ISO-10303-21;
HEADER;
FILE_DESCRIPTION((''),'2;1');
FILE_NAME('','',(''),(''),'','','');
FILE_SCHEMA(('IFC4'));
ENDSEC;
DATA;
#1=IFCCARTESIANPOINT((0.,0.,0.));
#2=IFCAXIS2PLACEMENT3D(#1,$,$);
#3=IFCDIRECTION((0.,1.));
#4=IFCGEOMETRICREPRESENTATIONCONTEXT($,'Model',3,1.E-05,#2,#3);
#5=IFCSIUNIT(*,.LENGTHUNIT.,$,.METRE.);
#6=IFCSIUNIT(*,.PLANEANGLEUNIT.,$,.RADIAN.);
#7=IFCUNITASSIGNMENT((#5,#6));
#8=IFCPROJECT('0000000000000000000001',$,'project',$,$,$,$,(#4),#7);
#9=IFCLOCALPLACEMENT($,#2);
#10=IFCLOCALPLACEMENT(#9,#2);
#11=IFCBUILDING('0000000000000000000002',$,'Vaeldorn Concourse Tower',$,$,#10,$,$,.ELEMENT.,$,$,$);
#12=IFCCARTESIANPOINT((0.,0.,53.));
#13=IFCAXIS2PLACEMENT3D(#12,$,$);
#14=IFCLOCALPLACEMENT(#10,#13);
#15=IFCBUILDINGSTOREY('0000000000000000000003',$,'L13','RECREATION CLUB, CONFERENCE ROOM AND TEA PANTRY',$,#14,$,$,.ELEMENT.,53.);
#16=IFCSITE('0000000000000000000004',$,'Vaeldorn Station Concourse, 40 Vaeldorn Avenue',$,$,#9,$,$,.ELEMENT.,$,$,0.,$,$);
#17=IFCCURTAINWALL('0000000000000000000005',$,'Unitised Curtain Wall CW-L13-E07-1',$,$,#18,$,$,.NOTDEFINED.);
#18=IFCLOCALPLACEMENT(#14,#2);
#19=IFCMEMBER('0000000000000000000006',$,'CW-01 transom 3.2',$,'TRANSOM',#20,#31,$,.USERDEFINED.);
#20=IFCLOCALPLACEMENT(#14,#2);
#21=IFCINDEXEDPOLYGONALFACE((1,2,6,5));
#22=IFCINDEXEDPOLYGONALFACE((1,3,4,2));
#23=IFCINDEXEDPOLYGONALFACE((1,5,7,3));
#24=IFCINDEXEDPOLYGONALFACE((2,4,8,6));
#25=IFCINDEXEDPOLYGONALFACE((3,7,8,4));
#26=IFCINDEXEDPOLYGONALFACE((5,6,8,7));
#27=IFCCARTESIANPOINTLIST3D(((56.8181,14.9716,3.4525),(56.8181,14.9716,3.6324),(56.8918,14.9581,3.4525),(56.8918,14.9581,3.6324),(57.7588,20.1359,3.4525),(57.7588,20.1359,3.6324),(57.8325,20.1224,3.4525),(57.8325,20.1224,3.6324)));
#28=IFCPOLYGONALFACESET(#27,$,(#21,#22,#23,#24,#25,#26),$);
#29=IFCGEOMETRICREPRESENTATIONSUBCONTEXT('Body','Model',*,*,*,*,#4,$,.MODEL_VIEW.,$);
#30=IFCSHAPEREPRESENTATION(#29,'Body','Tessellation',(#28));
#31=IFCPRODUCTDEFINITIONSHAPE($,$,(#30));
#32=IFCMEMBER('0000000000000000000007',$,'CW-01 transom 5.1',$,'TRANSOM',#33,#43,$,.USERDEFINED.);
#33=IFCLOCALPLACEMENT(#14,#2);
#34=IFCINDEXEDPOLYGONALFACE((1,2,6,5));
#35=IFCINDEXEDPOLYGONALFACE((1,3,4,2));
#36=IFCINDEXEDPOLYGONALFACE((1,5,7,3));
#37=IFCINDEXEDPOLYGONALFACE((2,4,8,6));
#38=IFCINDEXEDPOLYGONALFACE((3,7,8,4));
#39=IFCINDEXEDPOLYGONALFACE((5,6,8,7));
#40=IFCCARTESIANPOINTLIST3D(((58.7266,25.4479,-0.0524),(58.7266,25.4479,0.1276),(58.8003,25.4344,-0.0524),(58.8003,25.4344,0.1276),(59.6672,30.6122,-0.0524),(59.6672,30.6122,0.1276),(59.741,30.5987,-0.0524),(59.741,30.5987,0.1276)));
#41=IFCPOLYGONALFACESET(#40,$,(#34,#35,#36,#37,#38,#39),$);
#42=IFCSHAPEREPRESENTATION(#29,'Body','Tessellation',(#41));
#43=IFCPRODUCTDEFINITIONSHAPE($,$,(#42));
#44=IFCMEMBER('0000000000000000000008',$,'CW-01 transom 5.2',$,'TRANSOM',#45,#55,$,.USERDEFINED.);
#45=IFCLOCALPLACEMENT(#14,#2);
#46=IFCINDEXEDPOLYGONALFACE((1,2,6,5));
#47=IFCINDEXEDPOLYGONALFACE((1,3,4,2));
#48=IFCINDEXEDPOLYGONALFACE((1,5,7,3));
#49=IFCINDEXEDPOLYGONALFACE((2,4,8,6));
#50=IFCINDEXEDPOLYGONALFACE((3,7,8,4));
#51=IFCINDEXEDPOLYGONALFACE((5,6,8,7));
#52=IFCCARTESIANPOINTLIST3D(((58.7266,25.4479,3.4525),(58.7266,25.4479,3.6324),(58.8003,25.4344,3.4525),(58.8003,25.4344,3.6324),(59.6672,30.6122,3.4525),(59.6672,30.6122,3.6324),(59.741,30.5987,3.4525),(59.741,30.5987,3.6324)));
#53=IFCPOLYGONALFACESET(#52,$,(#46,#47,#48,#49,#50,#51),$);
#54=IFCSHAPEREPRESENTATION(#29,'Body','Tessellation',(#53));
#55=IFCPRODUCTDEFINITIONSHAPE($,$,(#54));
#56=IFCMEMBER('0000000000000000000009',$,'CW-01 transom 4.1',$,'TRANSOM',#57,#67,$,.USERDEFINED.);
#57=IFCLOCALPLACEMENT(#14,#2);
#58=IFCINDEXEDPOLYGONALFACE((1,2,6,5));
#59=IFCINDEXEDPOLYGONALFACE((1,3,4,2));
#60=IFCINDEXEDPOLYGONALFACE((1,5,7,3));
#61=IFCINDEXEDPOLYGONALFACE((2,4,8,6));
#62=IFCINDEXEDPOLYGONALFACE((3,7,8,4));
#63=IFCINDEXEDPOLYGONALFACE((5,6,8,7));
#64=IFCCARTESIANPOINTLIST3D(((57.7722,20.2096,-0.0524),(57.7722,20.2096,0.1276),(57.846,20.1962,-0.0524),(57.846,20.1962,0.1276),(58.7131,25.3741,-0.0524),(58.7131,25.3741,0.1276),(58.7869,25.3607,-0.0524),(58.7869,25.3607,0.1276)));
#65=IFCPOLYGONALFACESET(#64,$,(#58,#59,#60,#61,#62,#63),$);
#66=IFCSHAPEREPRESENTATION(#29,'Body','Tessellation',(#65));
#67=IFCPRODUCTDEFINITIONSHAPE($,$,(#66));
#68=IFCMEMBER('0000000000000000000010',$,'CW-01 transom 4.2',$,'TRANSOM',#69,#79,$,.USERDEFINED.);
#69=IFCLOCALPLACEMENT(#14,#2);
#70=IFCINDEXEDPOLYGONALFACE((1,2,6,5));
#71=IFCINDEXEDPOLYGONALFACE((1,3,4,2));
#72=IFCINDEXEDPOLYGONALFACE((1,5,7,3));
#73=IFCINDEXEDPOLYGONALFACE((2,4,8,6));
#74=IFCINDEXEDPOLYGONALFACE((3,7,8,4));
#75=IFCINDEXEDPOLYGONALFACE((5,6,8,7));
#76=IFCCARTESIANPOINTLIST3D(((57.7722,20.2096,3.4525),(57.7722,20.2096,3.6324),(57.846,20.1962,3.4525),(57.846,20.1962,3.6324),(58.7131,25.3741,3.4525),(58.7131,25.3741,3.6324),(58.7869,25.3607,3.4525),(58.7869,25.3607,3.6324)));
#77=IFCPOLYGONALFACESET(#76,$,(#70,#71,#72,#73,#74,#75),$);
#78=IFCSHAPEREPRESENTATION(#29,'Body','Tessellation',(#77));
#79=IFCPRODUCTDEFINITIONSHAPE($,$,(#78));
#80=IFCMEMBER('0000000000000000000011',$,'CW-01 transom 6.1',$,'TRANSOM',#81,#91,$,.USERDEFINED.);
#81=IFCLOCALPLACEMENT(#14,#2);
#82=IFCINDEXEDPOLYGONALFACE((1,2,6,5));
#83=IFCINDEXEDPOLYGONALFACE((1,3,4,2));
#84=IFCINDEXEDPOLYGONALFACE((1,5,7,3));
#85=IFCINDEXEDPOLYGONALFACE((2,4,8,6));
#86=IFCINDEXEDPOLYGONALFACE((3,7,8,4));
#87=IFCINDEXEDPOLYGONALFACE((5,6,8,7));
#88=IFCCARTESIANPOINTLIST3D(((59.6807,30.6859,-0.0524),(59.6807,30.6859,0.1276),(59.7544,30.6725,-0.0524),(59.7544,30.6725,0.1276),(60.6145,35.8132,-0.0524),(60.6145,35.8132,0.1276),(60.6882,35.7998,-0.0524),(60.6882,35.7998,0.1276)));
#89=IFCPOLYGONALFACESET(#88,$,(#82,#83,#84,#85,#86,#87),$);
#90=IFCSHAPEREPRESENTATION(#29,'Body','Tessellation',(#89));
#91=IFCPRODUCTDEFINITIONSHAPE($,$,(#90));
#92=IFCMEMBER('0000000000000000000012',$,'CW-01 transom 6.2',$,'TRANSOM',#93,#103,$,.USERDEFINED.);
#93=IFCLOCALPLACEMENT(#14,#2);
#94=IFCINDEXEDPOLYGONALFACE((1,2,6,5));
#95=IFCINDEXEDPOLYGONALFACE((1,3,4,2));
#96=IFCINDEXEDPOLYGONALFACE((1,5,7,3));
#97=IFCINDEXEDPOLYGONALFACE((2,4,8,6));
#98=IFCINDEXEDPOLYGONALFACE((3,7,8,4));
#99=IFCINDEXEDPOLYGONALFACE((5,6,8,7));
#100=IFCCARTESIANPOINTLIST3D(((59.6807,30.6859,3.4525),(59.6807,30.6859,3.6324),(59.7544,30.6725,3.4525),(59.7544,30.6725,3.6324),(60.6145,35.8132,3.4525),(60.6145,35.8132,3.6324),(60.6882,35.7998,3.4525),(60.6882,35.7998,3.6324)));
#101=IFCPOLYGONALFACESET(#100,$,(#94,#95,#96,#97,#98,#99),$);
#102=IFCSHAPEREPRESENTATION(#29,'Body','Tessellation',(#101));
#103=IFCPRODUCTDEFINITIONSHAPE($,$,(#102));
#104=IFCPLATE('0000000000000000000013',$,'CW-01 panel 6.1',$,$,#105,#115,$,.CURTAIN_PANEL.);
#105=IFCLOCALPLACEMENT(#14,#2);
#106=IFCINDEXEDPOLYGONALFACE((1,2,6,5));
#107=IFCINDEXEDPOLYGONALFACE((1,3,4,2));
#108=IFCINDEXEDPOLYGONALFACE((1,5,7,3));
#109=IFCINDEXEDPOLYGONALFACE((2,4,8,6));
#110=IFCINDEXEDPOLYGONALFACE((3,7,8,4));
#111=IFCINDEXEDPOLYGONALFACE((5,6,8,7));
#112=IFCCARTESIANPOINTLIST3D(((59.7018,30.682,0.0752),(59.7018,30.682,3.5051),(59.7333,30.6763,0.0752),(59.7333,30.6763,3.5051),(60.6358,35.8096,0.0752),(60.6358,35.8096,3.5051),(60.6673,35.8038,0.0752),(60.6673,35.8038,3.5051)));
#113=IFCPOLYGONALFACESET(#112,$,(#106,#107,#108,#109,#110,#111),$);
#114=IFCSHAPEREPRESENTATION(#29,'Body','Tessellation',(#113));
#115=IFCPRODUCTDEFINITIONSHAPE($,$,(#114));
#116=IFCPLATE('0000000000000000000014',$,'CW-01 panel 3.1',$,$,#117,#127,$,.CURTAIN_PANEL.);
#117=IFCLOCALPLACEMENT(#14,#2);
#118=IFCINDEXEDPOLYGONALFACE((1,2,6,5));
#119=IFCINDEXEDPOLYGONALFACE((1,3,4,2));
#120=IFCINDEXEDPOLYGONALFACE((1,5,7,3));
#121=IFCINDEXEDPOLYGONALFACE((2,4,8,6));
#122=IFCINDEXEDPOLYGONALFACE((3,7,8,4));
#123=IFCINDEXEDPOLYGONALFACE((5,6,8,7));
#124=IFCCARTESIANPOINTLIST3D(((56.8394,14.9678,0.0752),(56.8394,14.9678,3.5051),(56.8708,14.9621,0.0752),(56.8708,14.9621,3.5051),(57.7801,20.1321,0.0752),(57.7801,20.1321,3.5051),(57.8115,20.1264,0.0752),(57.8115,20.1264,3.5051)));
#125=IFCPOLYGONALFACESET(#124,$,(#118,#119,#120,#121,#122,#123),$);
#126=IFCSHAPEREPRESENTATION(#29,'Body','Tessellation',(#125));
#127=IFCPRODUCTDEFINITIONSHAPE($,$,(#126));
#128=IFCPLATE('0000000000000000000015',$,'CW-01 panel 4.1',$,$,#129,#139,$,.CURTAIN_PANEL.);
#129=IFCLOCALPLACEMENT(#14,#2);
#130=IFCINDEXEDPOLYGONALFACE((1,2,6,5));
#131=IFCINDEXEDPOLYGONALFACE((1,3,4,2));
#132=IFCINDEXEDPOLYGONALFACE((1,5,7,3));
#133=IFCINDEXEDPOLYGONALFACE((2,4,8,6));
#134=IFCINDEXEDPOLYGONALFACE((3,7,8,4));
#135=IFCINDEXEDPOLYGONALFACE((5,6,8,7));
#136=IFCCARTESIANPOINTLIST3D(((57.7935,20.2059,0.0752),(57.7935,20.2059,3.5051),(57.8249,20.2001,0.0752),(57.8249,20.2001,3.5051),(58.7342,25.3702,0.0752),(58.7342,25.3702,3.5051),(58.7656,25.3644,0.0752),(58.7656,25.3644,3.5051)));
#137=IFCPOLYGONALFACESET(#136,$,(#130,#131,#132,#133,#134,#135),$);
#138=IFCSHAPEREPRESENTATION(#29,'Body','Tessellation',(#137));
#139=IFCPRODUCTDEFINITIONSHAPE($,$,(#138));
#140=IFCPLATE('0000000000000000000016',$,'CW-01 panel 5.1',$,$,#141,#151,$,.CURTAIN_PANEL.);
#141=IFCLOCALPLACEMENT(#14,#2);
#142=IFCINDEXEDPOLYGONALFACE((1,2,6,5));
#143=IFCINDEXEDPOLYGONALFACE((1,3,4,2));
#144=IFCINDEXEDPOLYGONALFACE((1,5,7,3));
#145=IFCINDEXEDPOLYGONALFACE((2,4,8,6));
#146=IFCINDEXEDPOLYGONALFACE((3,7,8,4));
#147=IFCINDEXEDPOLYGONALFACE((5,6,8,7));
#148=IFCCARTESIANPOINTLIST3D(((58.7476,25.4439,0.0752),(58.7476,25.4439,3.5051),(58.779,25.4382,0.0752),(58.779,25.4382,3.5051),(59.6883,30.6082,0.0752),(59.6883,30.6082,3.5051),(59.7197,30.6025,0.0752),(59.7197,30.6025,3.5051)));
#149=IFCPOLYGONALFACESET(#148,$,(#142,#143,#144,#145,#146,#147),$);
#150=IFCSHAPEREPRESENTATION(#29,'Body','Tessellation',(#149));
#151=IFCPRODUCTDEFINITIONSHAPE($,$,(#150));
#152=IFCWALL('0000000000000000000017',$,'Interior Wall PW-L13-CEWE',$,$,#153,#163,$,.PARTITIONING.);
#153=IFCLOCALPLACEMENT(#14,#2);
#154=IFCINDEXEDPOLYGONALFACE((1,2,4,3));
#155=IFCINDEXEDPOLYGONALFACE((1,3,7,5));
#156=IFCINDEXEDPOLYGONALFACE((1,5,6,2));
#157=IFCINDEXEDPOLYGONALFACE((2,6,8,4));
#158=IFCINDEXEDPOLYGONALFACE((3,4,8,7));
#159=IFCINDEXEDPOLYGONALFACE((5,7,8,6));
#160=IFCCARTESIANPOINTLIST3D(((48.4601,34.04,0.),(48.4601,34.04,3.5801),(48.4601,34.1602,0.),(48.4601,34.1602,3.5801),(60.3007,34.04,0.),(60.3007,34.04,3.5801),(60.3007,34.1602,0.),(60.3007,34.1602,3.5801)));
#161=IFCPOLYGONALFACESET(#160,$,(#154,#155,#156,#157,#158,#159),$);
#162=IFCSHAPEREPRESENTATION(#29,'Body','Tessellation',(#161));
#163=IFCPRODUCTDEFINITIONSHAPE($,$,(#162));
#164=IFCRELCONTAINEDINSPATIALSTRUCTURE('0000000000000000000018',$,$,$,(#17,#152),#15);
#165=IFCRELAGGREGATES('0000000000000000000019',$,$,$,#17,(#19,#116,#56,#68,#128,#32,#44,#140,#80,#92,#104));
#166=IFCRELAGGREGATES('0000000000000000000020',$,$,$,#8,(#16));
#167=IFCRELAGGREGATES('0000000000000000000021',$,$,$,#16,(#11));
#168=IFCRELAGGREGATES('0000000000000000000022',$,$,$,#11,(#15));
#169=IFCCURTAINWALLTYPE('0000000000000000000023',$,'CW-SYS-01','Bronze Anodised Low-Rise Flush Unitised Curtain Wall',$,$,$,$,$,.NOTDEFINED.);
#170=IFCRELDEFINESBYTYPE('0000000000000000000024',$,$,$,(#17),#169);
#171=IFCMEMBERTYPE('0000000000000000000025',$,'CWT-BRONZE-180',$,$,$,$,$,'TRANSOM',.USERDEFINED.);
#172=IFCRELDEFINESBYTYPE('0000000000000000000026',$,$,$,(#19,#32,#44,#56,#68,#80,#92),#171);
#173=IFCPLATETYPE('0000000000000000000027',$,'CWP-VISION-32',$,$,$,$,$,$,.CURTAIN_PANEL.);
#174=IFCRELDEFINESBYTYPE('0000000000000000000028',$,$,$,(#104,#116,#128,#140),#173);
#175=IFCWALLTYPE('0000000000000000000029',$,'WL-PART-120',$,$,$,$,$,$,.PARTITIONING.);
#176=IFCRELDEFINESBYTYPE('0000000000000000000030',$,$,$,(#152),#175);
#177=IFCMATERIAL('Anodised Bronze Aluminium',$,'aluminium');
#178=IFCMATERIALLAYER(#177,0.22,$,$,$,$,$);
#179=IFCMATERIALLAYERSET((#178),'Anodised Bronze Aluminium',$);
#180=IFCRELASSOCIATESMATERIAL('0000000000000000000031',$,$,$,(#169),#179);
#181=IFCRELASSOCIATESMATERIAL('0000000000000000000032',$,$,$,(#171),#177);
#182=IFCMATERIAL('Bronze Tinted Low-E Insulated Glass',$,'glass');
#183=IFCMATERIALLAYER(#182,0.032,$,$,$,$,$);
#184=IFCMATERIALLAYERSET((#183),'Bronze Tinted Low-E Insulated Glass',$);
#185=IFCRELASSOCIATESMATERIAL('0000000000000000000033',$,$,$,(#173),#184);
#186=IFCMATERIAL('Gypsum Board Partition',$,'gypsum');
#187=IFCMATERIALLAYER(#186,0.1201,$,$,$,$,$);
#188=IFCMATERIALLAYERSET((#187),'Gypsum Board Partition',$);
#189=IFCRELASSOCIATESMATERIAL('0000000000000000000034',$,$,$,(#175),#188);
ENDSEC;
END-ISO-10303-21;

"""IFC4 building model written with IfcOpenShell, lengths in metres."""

from ifc_helpers import new_model, si_unit, direction, frame, frame_2d, origin, origin_2d, place, context, subcontext, project, spatial, rectangle, extrude, source, transform, mapped, material, layer, layer_set, material_profile, profile_set, type_object, element, aggregate, save


model = new_model("IFC4")

# Units and contexts
model_context = context("Model", 3, precision=1e-05, world=origin(), true_north=direction((0.0, 1.0)))
body_context = subcontext(model_context, "Body", "Model", "MODEL_VIEW")
ifc_project = project(units=[si_unit("LENGTHUNIT", "METRE"), si_unit("PLANEANGLEUNIT", "RADIAN")], contexts=[model_context])

# Site, building, storey
site_placement = place(None, origin())
site = spatial("IfcSite", under=ifc_project, at=site_placement, Name="Vaeldorn Station Concourse, 40 Vaeldorn Avenue", CompositionType="ELEMENT", RefElevation=0.0)
building_placement = place(site_placement, origin())
building = spatial("IfcBuilding", under=site, at=building_placement, Name="Vaeldorn Concourse Tower", CompositionType="ELEMENT")
storey_placement = place(building_placement, frame((0.0, 0.0, 53.0)))
storey = spatial("IfcBuildingStorey", under=building, at=storey_placement, Name="L13", Description="RECREATION CLUB, CONFERENCE ROOM AND TEA PANTRY", CompositionType="ELEMENT", Elevation=53.0)

# Curtain wall, members, plates
ifc_material_1 = material(Name="Anodised Bronze Aluminium", Category="aluminium")
ifc_layer_1 = layer(ifc_material_1, 0.22)
ifc_layer_set_1 = layer_set([ifc_layer_1], Name="Anodised Bronze Aluminium")
curtain_wall_type = type_object("IfcCurtainWallType", Name="CW-SYS-01", Description="Bronze Anodised Low-Rise Flush Unitised Curtain Wall", PredefinedType="NOTDEFINED", material=ifc_layer_set_1)
curtain_wall_placement = place(storey_placement, origin())
curtain_wall = element("IfcCurtainWall", 1, at=curtain_wall_placement, inside=storey, type_object=curtain_wall_type, Name="Unitised Curtain Wall CW-L13-E07-1", PredefinedType="NOTDEFINED")
ifc_material_profile_1 = material_profile(ifc_material_1, rectangle(XDim=0.075, YDim=0.1799, at=origin_2d()), Name="CWT 75x180")
ifc_profile_set_1 = profile_set([ifc_material_profile_1], Name="Anodised Bronze Aluminium")
member_type_1 = type_object("IfcMemberType", Name="CWT-BRONZE-180", ElementType="TRANSOM", PredefinedType="USERDEFINED", material=ifc_profile_set_1)
shared_shape_1 = source(origin(), body_context, "Body", "SweptSolid", [
    extrude(rectangle(XDim=0.075, YDim=0.1799, at=origin_2d()), origin(), (0.0, 0.0, 1.0), 5.2493),
])
member_1_placement = place(storey_placement, frame((56.855, 14.9648, 3.5425), z_axis=(0.179201, 0.983813, 0.0), x_axis=(-0.983813, 0.179201, 0.0)))
member_1 = element("IfcMember", 2, at=member_1_placement, type_object=member_type_1, Name="CW-01 transom 3.2", ObjectType="TRANSOM", PredefinedType="USERDEFINED", context=body_context, shape_type="MappedRepresentation", body=[
    mapped(shared_shape_1, transform((0.0, 0.0, 0.0), scale=1.0)),
])
member_2_placement = place(storey_placement, frame((58.7634, 25.4412, 0.0376), z_axis=(0.179201, 0.983813, 0.0), x_axis=(-0.983813, 0.179201, 0.0)))
member_2 = element("IfcMember", 3, at=member_2_placement, type_object=member_type_1, Name="CW-01 transom 5.1", ObjectType="TRANSOM", PredefinedType="USERDEFINED", context=body_context, shape_type="MappedRepresentation", body=[
    mapped(shared_shape_1, transform((0.0, 0.0, 0.0), scale=1.0)),
])
member_3_placement = place(storey_placement, frame((58.7634, 25.4412, 3.5425), z_axis=(0.179201, 0.983813, 0.0), x_axis=(-0.983813, 0.179201, 0.0)))
member_3 = element("IfcMember", 4, at=member_3_placement, type_object=member_type_1, Name="CW-01 transom 5.2", ObjectType="TRANSOM", PredefinedType="USERDEFINED", context=body_context, shape_type="MappedRepresentation", body=[
    mapped(shared_shape_1, transform((0.0, 0.0, 0.0), scale=1.0)),
])
shared_shape_2 = source(origin(), body_context, "Body", "SweptSolid", [
    extrude(rectangle(XDim=0.075, YDim=0.1799, at=origin_2d()), origin(), (0.0, 0.0, 1.0), 5.2495),
])
member_4_placement = place(storey_placement, frame((57.8091, 20.2029, 0.0376), z_axis=(0.179237, 0.983806, 0.0), x_axis=(-0.983806, 0.179237, 0.0)))
member_4 = element("IfcMember", 5, at=member_4_placement, type_object=member_type_1, Name="CW-01 transom 4.1", ObjectType="TRANSOM", PredefinedType="USERDEFINED", context=body_context, shape_type="MappedRepresentation", body=[
    mapped(shared_shape_2, transform((0.0, 0.0, 0.0), scale=1.0)),
])
member_5_placement = place(storey_placement, frame((57.8091, 20.2029, 3.5425), z_axis=(0.179237, 0.983806, 0.0), x_axis=(-0.983806, 0.179237, 0.0)))
member_5 = element("IfcMember", 6, at=member_5_placement, type_object=member_type_1, Name="CW-01 transom 4.2", ObjectType="TRANSOM", PredefinedType="USERDEFINED", context=body_context, shape_type="MappedRepresentation", body=[
    mapped(shared_shape_2, transform((0.0, 0.0, 0.0), scale=1.0)),
])
shared_shape_3 = source(origin(), body_context, "Body", "SweptSolid", [
    extrude(rectangle(XDim=0.075, YDim=0.1799, at=origin_2d()), origin(), (0.0, 0.0, 1.0), 5.2117),
])
member_6_placement = place(storey_placement, frame((59.7175, 30.6792, 0.0376), z_axis=(0.179178, 0.983817, 0.0), x_axis=(-0.983817, 0.179178, 0.0)))
member_6 = element("IfcMember", 7, at=member_6_placement, type_object=member_type_1, Name="CW-01 transom 6.1", ObjectType="TRANSOM", PredefinedType="USERDEFINED", context=body_context, shape_type="MappedRepresentation", body=[
    mapped(shared_shape_3, transform((0.0, 0.0, 0.0), scale=1.0)),
])
member_7_placement = place(storey_placement, frame((59.7175, 30.6792, 3.5425), z_axis=(0.179178, 0.983817, 0.0), x_axis=(-0.983817, 0.179178, 0.0)))
member_7 = element("IfcMember", 8, at=member_7_placement, type_object=member_type_1, Name="CW-01 transom 6.2", ObjectType="TRANSOM", PredefinedType="USERDEFINED", context=body_context, shape_type="MappedRepresentation", body=[
    mapped(shared_shape_3, transform((0.0, 0.0, 0.0), scale=1.0)),
])
ifc_material_2 = material(Name="Bronze Tinted Low-E Insulated Glass", Category="glass")
ifc_layer_2 = layer(ifc_material_2, 0.032)
ifc_layer_set_2 = layer_set([ifc_layer_2], Name="Bronze Tinted Low-E Insulated Glass")
plate_type = type_object("IfcPlateType", Name="CWP-VISION-32", PredefinedType="CURTAIN_PANEL", material=ifc_layer_set_2)
shared_shape_4 = source(origin(), body_context, "Body", "SweptSolid", [
    extrude(rectangle(XDim=5.2119, YDim=0.032, at=origin_2d()), origin(), (0.0, 0.0, 1.0), 3.4299),
])
plate_1_placement = place(storey_placement, frame((60.1846, 33.2429, 0.0752), z_axis=(0.0, 0.0, 1.0), x_axis=(0.179206, 0.983812, 0.0)))
plate_1 = element("IfcPlate", 9, at=plate_1_placement, type_object=plate_type, Name="CW-01 panel 6.1", PredefinedType="CURTAIN_PANEL", context=body_context, shape_type="MappedRepresentation", body=[
    mapped(shared_shape_4, transform((0.0, 0.0, 0.0), scale=1.0)),
])
shared_shape_5 = source(origin(), body_context, "Body", "SweptSolid", [
    extrude(rectangle(XDim=5.2493, YDim=0.032, at=origin_2d()), origin(), (0.0, 0.0, 1.0), 3.4299),
])
plate_2_placement = place(storey_placement, frame((57.3254, 17.5471, 0.0752), z_axis=(0.0, 0.0, 1.0), x_axis=(0.179206, 0.983812, 0.0)))
plate_2 = element("IfcPlate", 10, at=plate_2_placement, type_object=plate_type, Name="CW-01 panel 3.1", PredefinedType="CURTAIN_PANEL", context=body_context, shape_type="MappedRepresentation", body=[
    mapped(shared_shape_5, transform((0.0, 0.0, 0.0), scale=1.0)),
])
plate_3_placement = place(storey_placement, frame((58.2795, 22.7852, 0.0752), z_axis=(0.0, 0.0, 1.0), x_axis=(0.179206, 0.983812, 0.0)))
plate_3 = element("IfcPlate", 11, at=plate_3_placement, type_object=plate_type, Name="CW-01 panel 4.1", PredefinedType="CURTAIN_PANEL", context=body_context, shape_type="MappedRepresentation", body=[
    mapped(shared_shape_5, transform((0.0, 0.0, 0.0), scale=1.0)),
])
plate_4_placement = place(storey_placement, frame((59.2336, 28.0232, 0.0752), z_axis=(0.0, 0.0, 1.0), x_axis=(0.179206, 0.983812, 0.0)))
plate_4 = element("IfcPlate", 12, at=plate_4_placement, type_object=plate_type, Name="CW-01 panel 5.1", PredefinedType="CURTAIN_PANEL", context=body_context, shape_type="MappedRepresentation", body=[
    mapped(shared_shape_5, transform((0.0, 0.0, 0.0), scale=1.0)),
])
aggregate(curtain_wall, [member_1, plate_2, member_4, member_5, plate_3, member_2, member_3, plate_4, member_6, member_7, plate_1])

# Wall
ifc_material_3 = material(Name="Gypsum Board Partition", Category="gypsum")
ifc_layer_3 = layer(ifc_material_3, 0.1201)
ifc_layer_set_3 = layer_set([ifc_layer_3], Name="Gypsum Board Partition")
wall_type = type_object("IfcWallType", Name="WL-PART-120", PredefinedType="PARTITIONING", material=ifc_layer_set_3)
wall_1_placement = place(storey_placement, frame((48.46, 34.1001, 0.0), z_axis=(0.0, 0.0, 1.0), x_axis=(1.0, 0.0, 0.0)))
element("IfcWall", 13, at=wall_1_placement, inside=storey, type_object=wall_type, Name="Interior Wall PW-L13-CEWE", PredefinedType="PARTITIONING", context=body_context, shape_type="SweptSolid", body=[
    extrude(rectangle(XDim=11.8406, YDim=0.1201, at=frame_2d((5.9204, 0.0))), origin(), (0.0, 0.0, 1.0), 3.5801),
])

save(model, "model.ifc")
